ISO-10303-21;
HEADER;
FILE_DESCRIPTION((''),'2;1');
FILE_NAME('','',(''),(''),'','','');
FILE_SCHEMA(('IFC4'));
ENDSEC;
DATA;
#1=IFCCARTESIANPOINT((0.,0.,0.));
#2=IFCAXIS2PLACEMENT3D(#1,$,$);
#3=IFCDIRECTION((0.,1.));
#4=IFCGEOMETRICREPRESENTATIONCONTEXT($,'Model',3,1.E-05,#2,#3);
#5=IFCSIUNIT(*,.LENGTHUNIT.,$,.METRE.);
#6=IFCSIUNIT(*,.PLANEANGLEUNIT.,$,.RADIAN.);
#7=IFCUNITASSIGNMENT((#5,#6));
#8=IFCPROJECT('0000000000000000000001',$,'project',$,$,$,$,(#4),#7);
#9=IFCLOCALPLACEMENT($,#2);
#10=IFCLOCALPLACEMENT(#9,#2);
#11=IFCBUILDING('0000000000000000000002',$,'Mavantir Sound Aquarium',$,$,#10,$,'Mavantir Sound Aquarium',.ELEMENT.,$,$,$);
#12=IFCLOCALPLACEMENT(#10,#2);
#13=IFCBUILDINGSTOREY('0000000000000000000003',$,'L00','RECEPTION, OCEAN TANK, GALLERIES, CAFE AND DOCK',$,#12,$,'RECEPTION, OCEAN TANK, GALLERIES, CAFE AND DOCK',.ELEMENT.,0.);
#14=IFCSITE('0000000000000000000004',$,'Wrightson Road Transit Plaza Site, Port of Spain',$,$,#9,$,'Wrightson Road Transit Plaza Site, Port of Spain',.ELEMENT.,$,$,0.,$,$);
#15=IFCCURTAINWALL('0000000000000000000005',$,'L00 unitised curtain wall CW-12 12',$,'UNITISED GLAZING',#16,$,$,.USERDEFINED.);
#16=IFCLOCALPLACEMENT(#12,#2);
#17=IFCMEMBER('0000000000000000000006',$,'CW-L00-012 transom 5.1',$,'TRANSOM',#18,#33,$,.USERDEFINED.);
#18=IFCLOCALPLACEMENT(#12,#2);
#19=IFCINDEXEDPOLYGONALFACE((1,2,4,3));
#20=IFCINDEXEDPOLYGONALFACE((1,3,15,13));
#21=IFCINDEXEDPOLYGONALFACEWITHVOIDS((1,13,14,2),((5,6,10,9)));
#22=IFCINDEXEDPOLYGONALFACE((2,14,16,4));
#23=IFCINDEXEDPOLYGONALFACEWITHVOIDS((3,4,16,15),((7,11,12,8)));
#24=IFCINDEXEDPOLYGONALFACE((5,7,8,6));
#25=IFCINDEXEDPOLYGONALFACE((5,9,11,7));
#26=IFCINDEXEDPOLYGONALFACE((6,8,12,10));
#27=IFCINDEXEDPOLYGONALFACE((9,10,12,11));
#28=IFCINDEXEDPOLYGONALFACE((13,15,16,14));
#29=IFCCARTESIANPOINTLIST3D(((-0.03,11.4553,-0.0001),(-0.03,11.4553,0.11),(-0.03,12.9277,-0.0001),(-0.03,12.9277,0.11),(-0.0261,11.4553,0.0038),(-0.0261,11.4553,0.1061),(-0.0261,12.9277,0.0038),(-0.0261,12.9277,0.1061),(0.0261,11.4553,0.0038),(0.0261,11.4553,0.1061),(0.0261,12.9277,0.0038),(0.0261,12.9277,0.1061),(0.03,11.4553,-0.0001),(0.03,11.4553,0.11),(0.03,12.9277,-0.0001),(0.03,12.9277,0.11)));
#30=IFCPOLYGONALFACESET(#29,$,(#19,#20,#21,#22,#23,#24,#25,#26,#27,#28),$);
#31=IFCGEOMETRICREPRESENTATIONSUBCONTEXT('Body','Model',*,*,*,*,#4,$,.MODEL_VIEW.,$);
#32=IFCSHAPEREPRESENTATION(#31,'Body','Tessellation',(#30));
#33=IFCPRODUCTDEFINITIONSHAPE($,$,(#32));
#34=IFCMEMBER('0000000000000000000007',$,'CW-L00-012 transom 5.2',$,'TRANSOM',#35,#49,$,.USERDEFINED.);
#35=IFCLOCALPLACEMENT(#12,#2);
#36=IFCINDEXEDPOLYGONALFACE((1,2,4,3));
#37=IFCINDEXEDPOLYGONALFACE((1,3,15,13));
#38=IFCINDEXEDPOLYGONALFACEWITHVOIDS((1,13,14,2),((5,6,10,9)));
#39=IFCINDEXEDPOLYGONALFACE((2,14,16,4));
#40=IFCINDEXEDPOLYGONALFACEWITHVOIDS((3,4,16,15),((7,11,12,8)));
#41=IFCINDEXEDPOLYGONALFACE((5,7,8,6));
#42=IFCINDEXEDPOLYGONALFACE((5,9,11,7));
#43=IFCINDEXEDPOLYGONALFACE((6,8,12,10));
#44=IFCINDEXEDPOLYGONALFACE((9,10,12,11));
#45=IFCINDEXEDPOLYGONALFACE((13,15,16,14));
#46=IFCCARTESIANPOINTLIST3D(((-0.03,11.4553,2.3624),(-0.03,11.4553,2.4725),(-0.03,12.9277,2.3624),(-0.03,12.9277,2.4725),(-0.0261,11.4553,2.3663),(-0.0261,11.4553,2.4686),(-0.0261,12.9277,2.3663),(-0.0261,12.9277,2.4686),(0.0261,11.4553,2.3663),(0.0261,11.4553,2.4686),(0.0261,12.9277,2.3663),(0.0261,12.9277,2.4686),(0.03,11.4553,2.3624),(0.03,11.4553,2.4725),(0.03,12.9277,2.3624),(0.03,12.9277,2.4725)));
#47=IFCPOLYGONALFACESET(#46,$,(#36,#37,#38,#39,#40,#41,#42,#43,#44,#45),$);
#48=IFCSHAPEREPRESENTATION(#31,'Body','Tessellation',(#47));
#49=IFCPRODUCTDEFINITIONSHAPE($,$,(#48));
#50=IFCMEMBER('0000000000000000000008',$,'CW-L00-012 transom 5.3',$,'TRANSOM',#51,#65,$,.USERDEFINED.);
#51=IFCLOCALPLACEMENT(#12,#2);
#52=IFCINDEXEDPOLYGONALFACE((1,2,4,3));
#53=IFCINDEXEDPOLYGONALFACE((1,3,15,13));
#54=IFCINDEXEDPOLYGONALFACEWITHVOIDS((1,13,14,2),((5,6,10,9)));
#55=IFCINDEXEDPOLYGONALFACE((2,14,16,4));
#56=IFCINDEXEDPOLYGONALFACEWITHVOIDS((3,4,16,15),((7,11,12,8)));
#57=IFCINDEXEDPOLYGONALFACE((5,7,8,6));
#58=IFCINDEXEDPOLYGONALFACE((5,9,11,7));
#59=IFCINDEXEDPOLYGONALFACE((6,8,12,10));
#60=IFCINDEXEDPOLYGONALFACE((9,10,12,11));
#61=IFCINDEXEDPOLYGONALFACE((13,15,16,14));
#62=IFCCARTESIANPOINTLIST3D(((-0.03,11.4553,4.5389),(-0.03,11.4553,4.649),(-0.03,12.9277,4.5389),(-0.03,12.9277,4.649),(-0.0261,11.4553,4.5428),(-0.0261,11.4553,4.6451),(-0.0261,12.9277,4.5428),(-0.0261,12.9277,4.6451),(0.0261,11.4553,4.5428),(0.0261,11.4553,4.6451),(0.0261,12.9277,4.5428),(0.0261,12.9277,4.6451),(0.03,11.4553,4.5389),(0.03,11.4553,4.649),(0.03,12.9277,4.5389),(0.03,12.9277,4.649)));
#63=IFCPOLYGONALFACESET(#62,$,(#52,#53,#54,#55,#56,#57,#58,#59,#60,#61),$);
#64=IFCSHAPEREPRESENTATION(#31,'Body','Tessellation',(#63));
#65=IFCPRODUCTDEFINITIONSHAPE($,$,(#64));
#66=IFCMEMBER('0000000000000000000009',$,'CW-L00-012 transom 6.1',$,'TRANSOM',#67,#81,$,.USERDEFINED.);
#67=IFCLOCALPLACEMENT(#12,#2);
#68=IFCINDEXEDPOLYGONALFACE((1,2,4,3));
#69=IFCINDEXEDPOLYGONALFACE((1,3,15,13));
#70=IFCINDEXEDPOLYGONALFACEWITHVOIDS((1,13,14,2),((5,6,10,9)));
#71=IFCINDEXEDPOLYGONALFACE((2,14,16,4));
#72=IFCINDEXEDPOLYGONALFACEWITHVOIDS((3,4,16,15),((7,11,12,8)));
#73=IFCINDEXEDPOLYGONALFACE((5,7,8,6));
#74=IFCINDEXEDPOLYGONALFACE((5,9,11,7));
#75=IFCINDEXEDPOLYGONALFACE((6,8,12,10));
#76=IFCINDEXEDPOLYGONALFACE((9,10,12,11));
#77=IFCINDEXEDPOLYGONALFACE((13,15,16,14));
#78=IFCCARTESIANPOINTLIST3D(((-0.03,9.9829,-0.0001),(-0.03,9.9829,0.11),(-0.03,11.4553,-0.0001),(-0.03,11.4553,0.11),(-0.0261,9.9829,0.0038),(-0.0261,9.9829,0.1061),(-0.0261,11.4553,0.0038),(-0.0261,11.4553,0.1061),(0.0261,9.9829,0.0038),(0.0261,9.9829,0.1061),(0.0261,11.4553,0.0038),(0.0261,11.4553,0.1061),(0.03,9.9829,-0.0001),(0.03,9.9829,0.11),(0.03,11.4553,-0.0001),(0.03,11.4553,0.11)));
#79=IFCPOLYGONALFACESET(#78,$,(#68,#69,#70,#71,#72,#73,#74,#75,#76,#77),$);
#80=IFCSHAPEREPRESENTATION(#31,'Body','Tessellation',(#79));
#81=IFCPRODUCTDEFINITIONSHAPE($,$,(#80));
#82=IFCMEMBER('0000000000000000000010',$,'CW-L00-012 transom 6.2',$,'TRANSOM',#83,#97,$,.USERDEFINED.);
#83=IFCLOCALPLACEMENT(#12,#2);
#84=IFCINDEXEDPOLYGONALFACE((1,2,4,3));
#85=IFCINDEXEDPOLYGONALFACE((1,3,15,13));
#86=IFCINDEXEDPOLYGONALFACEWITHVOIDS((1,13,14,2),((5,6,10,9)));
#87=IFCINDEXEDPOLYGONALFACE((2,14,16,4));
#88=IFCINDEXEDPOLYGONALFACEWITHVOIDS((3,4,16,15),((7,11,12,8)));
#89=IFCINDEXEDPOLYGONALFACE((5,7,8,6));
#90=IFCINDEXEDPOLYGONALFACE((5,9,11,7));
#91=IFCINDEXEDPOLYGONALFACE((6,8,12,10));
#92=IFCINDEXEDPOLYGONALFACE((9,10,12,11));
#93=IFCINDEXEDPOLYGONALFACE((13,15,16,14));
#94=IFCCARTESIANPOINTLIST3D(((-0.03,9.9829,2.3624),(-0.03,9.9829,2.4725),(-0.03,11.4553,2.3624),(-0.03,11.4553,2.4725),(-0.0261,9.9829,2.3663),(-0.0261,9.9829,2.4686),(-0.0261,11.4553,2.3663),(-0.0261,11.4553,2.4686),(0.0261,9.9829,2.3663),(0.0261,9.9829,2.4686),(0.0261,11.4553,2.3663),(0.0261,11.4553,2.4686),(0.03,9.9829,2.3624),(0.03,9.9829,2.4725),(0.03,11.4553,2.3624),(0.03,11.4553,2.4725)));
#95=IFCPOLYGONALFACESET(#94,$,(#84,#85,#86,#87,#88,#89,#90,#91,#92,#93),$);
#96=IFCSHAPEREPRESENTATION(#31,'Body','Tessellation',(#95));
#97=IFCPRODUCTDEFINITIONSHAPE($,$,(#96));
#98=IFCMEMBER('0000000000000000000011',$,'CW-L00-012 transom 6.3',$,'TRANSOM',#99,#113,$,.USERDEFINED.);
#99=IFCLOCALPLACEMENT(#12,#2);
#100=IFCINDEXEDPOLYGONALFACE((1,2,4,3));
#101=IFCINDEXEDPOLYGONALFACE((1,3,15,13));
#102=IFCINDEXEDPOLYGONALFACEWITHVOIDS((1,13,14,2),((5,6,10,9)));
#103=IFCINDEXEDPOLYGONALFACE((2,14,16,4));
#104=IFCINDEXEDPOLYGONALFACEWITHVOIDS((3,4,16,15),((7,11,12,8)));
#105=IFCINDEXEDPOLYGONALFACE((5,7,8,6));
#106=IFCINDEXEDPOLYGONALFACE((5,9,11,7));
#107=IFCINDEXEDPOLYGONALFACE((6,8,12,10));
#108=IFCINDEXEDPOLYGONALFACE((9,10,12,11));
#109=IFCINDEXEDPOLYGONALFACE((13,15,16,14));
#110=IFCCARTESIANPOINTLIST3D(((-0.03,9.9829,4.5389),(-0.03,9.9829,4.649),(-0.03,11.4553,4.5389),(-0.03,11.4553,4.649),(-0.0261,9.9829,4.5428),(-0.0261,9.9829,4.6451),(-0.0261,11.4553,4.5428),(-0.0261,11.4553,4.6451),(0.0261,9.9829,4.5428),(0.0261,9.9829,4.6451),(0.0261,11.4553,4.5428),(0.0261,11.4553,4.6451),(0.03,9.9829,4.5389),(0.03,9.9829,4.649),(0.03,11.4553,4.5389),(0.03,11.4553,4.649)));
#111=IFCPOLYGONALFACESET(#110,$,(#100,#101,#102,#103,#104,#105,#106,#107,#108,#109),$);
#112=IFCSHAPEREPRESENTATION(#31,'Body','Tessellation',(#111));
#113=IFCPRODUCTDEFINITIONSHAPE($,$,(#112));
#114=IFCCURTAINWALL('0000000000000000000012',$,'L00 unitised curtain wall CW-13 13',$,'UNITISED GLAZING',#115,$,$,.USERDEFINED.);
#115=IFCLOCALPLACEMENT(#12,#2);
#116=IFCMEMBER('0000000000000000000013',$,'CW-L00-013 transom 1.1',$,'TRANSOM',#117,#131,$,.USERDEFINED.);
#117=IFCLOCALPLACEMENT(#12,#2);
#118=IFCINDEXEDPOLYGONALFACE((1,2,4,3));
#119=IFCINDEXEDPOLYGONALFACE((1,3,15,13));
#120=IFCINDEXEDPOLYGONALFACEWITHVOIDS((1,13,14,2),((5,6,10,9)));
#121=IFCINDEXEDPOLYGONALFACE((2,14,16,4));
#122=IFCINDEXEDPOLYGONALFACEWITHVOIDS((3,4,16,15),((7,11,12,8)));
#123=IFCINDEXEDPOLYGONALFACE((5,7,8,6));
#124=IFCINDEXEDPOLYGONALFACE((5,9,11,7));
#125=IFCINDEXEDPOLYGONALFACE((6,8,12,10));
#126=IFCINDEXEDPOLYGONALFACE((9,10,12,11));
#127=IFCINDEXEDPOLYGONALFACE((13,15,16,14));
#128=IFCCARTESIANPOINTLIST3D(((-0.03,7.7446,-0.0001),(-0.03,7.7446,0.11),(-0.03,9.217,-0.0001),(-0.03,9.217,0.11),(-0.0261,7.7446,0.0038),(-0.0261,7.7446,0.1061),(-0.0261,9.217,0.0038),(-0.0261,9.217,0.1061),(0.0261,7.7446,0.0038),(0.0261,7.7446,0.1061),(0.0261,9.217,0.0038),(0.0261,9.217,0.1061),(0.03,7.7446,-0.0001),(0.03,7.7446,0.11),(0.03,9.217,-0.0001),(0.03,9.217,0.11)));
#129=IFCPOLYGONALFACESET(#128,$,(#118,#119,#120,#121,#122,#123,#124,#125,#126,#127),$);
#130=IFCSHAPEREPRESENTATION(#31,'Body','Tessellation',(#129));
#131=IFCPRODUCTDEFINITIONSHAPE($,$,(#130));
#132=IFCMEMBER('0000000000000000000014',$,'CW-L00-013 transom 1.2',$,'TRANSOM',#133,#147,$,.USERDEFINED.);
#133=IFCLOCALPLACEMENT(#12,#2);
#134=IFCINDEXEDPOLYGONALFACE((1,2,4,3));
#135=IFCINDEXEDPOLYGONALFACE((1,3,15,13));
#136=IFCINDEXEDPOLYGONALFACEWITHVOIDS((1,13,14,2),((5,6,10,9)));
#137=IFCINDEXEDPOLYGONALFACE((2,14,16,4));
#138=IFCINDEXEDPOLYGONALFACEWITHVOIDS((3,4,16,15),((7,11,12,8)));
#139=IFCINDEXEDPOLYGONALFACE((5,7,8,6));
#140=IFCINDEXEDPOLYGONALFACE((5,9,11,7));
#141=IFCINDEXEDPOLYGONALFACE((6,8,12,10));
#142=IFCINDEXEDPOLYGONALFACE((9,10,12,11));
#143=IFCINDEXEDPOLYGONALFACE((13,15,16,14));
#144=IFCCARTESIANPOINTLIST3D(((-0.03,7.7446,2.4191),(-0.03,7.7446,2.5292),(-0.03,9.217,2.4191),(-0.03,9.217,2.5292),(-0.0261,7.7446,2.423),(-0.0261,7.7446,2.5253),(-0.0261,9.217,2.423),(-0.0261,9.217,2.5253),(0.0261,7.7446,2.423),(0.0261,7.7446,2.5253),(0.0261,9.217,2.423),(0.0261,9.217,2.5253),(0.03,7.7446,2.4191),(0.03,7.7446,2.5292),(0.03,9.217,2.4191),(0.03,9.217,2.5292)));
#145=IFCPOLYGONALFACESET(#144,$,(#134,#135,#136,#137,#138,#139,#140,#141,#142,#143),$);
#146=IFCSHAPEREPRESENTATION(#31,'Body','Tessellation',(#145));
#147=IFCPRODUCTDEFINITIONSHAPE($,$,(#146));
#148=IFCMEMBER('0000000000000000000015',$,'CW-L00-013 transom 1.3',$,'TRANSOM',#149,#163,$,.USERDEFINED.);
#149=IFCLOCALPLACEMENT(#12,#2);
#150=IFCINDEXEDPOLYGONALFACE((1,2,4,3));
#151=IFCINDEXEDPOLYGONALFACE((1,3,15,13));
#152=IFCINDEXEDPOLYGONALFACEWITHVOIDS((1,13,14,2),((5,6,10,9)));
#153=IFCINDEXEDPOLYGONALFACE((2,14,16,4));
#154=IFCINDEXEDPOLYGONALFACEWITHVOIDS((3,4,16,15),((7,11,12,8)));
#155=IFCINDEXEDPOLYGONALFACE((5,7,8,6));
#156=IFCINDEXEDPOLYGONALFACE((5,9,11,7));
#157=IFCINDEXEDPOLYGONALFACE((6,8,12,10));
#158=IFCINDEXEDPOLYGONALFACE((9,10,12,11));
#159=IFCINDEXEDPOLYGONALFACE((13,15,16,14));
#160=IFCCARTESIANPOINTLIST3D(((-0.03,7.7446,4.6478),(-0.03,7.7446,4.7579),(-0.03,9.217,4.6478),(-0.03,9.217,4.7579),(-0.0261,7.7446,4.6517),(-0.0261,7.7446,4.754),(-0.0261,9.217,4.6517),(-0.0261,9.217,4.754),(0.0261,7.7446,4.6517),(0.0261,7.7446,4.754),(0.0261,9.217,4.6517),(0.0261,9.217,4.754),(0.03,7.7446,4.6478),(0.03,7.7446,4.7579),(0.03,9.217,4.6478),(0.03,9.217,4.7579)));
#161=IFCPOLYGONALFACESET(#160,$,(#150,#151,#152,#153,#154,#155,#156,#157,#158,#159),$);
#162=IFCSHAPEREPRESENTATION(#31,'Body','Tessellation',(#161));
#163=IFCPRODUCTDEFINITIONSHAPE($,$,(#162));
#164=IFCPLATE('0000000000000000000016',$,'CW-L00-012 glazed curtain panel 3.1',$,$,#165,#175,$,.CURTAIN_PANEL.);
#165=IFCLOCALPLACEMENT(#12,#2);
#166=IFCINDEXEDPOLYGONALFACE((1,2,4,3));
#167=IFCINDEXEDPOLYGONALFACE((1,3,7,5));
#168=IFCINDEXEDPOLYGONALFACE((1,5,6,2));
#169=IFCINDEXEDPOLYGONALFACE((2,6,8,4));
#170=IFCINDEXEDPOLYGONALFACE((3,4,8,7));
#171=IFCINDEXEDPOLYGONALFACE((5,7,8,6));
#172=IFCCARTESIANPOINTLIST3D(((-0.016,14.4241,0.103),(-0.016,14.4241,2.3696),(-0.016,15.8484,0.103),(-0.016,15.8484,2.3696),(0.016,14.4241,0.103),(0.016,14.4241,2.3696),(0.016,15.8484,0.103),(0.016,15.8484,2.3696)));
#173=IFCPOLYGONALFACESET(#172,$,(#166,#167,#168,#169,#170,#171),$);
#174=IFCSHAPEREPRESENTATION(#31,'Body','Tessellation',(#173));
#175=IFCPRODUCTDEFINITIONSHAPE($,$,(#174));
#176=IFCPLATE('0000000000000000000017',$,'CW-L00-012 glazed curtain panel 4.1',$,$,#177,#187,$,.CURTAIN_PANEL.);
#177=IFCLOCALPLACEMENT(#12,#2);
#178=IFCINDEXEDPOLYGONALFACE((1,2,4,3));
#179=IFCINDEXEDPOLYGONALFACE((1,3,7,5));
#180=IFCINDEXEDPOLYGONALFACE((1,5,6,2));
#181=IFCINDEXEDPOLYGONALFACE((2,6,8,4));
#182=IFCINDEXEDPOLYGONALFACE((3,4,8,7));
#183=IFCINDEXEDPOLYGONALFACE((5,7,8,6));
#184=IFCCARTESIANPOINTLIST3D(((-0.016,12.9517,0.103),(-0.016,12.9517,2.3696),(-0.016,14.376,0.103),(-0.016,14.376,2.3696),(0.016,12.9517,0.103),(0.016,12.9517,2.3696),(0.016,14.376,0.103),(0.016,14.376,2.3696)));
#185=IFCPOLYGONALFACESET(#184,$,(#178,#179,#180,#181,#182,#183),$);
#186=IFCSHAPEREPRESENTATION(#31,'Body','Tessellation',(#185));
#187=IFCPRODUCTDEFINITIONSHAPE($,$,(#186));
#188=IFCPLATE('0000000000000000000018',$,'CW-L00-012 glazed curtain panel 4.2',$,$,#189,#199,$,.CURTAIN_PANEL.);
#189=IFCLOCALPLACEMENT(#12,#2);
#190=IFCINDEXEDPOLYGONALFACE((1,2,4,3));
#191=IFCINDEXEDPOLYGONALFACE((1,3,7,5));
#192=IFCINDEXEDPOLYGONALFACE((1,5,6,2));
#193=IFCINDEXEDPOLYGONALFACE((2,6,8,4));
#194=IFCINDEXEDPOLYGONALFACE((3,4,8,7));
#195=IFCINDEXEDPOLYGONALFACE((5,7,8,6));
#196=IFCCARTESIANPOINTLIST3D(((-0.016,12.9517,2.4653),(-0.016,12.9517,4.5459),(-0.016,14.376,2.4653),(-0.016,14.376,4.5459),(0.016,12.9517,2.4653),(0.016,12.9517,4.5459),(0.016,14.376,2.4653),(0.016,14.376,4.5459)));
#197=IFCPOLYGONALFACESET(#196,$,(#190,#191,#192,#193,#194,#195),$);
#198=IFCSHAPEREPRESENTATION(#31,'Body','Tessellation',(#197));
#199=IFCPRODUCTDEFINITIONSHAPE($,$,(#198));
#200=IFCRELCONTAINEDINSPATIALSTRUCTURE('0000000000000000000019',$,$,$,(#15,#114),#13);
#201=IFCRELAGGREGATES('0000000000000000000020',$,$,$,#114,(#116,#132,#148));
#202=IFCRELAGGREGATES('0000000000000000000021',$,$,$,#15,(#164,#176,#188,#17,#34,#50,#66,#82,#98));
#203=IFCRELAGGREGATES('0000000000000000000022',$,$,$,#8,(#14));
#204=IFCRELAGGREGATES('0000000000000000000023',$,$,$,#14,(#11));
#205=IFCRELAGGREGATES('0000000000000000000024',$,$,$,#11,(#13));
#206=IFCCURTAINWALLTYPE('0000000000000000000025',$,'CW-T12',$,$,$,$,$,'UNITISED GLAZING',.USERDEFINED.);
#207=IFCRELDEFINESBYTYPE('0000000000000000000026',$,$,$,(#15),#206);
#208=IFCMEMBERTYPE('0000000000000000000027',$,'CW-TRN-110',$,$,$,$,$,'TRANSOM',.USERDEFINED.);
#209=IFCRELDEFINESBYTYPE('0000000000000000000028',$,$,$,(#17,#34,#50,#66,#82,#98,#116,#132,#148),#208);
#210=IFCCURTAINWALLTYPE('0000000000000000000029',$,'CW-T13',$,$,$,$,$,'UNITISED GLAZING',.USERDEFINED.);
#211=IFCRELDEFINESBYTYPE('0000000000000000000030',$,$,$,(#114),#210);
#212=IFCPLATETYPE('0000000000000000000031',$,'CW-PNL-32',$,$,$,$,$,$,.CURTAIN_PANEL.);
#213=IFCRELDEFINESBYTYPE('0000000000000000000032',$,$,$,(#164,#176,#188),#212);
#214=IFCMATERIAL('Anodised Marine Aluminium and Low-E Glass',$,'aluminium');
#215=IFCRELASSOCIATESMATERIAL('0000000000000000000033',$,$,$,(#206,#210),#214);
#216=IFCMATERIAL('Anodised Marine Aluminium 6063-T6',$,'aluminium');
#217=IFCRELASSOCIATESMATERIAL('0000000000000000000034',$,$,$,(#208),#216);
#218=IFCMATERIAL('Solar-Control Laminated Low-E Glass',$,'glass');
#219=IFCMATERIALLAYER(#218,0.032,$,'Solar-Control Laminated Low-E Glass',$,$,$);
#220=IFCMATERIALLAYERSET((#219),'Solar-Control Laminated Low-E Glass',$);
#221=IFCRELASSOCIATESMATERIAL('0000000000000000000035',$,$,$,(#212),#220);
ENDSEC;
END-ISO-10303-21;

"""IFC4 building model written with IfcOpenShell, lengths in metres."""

from ifc_helpers import new_model, si_unit, direction, frame, origin, origin_2d, place, context, subcontext, project, spatial, rectangle, hollow_rectangle, extrude, material, layer, layer_set, material_profile, profile_set, type_object, element, aggregate, save


model = new_model("IFC4")

# Units and contexts
model_context = context("Model", 3, precision=1e-05, world=origin(), true_north=direction((0.0, 1.0)))
body_context = subcontext(model_context, "Body", "Model", "MODEL_VIEW")
ifc_project = project(units=[si_unit("LENGTHUNIT", "METRE"), si_unit("PLANEANGLEUNIT", "RADIAN")], contexts=[model_context])

# Site, building, storey
site_placement = place(None, origin())
site = spatial("IfcSite", under=ifc_project, at=site_placement, Name="Wrightson Road Transit Plaza Site, Port of Spain", LongName="Wrightson Road Transit Plaza Site, Port of Spain", CompositionType="ELEMENT", RefElevation=0.0)
building_placement = place(site_placement, origin())
building = spatial("IfcBuilding", under=site, at=building_placement, Name="Mavantir Sound Aquarium", LongName="Mavantir Sound Aquarium", CompositionType="ELEMENT")
storey_placement = place(building_placement, origin())
storey = spatial("IfcBuildingStorey", under=building, at=storey_placement, Name="L00", Description="RECEPTION, OCEAN TANK, GALLERIES, CAFE AND DOCK", LongName="RECEPTION, OCEAN TANK, GALLERIES, CAFE AND DOCK", CompositionType="ELEMENT", Elevation=0.0)

# Curtain walls, members
ifc_material_1 = material(Name="Anodised Marine Aluminium and Low-E Glass", Category="aluminium")
curtain_wall_type_1 = type_object("IfcCurtainWallType", Name="CW-T12", ElementType="UNITISED GLAZING", PredefinedType="USERDEFINED", material=ifc_material_1)
curtain_wall_1_placement = place(storey_placement, origin())
curtain_wall_1 = element("IfcCurtainWall", 1, at=curtain_wall_1_placement, inside=storey, type_object=curtain_wall_type_1, Name="L00 unitised curtain wall CW-12 12", ObjectType="UNITISED GLAZING", PredefinedType="USERDEFINED")
ifc_material_2 = material(Name="Anodised Marine Aluminium 6063-T6", Category="aluminium")
ifc_material_profile_1 = material_profile(ifc_material_2, hollow_rectangle(XDim=0.0601, YDim=0.1101, WallThickness=0.0039, at=origin_2d()), Name="ALU-TRANSOM-110X60")
ifc_profile_set_1 = profile_set([ifc_material_profile_1], Name="Anodised Marine Aluminium 6063-T6")
member_type_1 = type_object("IfcMemberType", Name="CW-TRN-110", ElementType="TRANSOM", PredefinedType="USERDEFINED", material=ifc_profile_set_1)
member_1_placement = place(storey_placement, frame((0.0, 12.9277, 0.0549), z_axis=(0.0, -1.0, 0.0), x_axis=(1.0, 0.0, 0.0)))
member_1 = element("IfcMember", 2, at=member_1_placement, type_object=member_type_1, Name="CW-L00-012 transom 5.1", ObjectType="TRANSOM", PredefinedType="USERDEFINED", context=body_context, shape_type="SweptSolid", body=[
    extrude(hollow_rectangle(XDim=0.0601, YDim=0.1101, WallThickness=0.0039, at=origin_2d()), origin(), (0.0, 0.0, 1.0), 1.4724),
])
member_2_placement = place(storey_placement, frame((0.0, 12.9277, 2.4175), z_axis=(0.0, -1.0, 0.0), x_axis=(1.0, 0.0, 0.0)))
member_2 = element("IfcMember", 3, at=member_2_placement, type_object=member_type_1, Name="CW-L00-012 transom 5.2", ObjectType="TRANSOM", PredefinedType="USERDEFINED", context=body_context, shape_type="SweptSolid", body=[
    extrude(hollow_rectangle(XDim=0.0601, YDim=0.1101, WallThickness=0.0039, at=origin_2d()), origin(), (0.0, 0.0, 1.0), 1.4724),
])
member_3_placement = place(storey_placement, frame((0.0, 12.9277, 4.594), z_axis=(0.0, -1.0, 0.0), x_axis=(1.0, 0.0, 0.0)))
member_3 = element("IfcMember", 4, at=member_3_placement, type_object=member_type_1, Name="CW-L00-012 transom 5.3", ObjectType="TRANSOM", PredefinedType="USERDEFINED", context=body_context, shape_type="SweptSolid", body=[
    extrude(hollow_rectangle(XDim=0.0601, YDim=0.1101, WallThickness=0.0039, at=origin_2d()), origin(), (0.0, 0.0, 1.0), 1.4724),
])
member_4_placement = place(storey_placement, frame((0.0, 11.4553, 0.0549), z_axis=(0.0, -1.0, 0.0), x_axis=(1.0, 0.0, 0.0)))
member_4 = element("IfcMember", 5, at=member_4_placement, type_object=member_type_1, Name="CW-L00-012 transom 6.1", ObjectType="TRANSOM", PredefinedType="USERDEFINED", context=body_context, shape_type="SweptSolid", body=[
    extrude(hollow_rectangle(XDim=0.0601, YDim=0.1101, WallThickness=0.0039, at=origin_2d()), origin(), (0.0, 0.0, 1.0), 1.4724),
])
member_5_placement = place(storey_placement, frame((0.0, 11.4553, 2.4175), z_axis=(0.0, -1.0, 0.0), x_axis=(1.0, 0.0, 0.0)))
member_5 = element("IfcMember", 6, at=member_5_placement, type_object=member_type_1, Name="CW-L00-012 transom 6.2", ObjectType="TRANSOM", PredefinedType="USERDEFINED", context=body_context, shape_type="SweptSolid", body=[
    extrude(hollow_rectangle(XDim=0.0601, YDim=0.1101, WallThickness=0.0039, at=origin_2d()), origin(), (0.0, 0.0, 1.0), 1.4724),
])
member_6_placement = place(storey_placement, frame((0.0, 11.4553, 4.594), z_axis=(0.0, -1.0, 0.0), x_axis=(1.0, 0.0, 0.0)))
member_6 = element("IfcMember", 7, at=member_6_placement, type_object=member_type_1, Name="CW-L00-012 transom 6.3", ObjectType="TRANSOM", PredefinedType="USERDEFINED", context=body_context, shape_type="SweptSolid", body=[
    extrude(hollow_rectangle(XDim=0.0601, YDim=0.1101, WallThickness=0.0039, at=origin_2d()), origin(), (0.0, 0.0, 1.0), 1.4724),
])
curtain_wall_type_2 = type_object("IfcCurtainWallType", Name="CW-T13", ElementType="UNITISED GLAZING", PredefinedType="USERDEFINED", material=ifc_material_1)
curtain_wall_2_placement = place(storey_placement, origin())
curtain_wall_2 = element("IfcCurtainWall", 8, at=curtain_wall_2_placement, inside=storey, type_object=curtain_wall_type_2, Name="L00 unitised curtain wall CW-13 13", ObjectType="UNITISED GLAZING", PredefinedType="USERDEFINED")
member_7_placement = place(storey_placement, frame((0.0, 9.217, 0.0549), z_axis=(0.0, -1.0, 0.0), x_axis=(1.0, 0.0, 0.0)))
member_7 = element("IfcMember", 9, at=member_7_placement, type_object=member_type_1, Name="CW-L00-013 transom 1.1", ObjectType="TRANSOM", PredefinedType="USERDEFINED", context=body_context, shape_type="SweptSolid", body=[
    extrude(hollow_rectangle(XDim=0.0601, YDim=0.1101, WallThickness=0.0039, at=origin_2d()), origin(), (0.0, 0.0, 1.0), 1.4724),
])
member_8_placement = place(storey_placement, frame((0.0, 9.217, 2.4741), z_axis=(0.0, -1.0, 0.0), x_axis=(1.0, 0.0, 0.0)))
member_8 = element("IfcMember", 10, at=member_8_placement, type_object=member_type_1, Name="CW-L00-013 transom 1.2", ObjectType="TRANSOM", PredefinedType="USERDEFINED", context=body_context, shape_type="SweptSolid", body=[
    extrude(hollow_rectangle(XDim=0.0601, YDim=0.1101, WallThickness=0.0039, at=origin_2d()), origin(), (0.0, 0.0, 1.0), 1.4724),
])
member_9_placement = place(storey_placement, frame((0.0, 9.217, 4.7029), z_axis=(0.0, -1.0, 0.0), x_axis=(1.0, 0.0, 0.0)))
member_9 = element("IfcMember", 11, at=member_9_placement, type_object=member_type_1, Name="CW-L00-013 transom 1.3", ObjectType="TRANSOM", PredefinedType="USERDEFINED", context=body_context, shape_type="SweptSolid", body=[
    extrude(hollow_rectangle(XDim=0.0601, YDim=0.1101, WallThickness=0.0039, at=origin_2d()), origin(), (0.0, 0.0, 1.0), 1.4724),
])
aggregate(curtain_wall_2, [member_7, member_8, member_9])

# Plates
ifc_material_3 = material(Name="Solar-Control Laminated Low-E Glass", Category="glass")
ifc_layer = layer(ifc_material_3, 0.032, Name="Solar-Control Laminated Low-E Glass")
ifc_layer_set = layer_set([ifc_layer], Name="Solar-Control Laminated Low-E Glass")
plate_type = type_object("IfcPlateType", Name="CW-PNL-32", PredefinedType="CURTAIN_PANEL", material=ifc_layer_set)
plate_1_placement = place(storey_placement, frame((0.0, 15.1362, 0.103), z_axis=(0.0, 0.0, 1.0), x_axis=(0.0, -1.0, 0.0)))
plate_1 = element("IfcPlate", 12, at=plate_1_placement, type_object=plate_type, Name="CW-L00-012 glazed curtain panel 3.1", PredefinedType="CURTAIN_PANEL", context=body_context, shape_type="SweptSolid", body=[
    extrude(rectangle(XDim=1.4243, YDim=0.032, at=origin_2d()), origin(), (0.0, 0.0, 1.0), 2.2666),
])
plate_2_placement = place(storey_placement, frame((0.0, 13.6638, 0.103), z_axis=(0.0, 0.0, 1.0), x_axis=(0.0, -1.0, 0.0)))
plate_2 = element("IfcPlate", 13, at=plate_2_placement, type_object=plate_type, Name="CW-L00-012 glazed curtain panel 4.1", PredefinedType="CURTAIN_PANEL", context=body_context, shape_type="SweptSolid", body=[
    extrude(rectangle(XDim=1.4243, YDim=0.032, at=origin_2d()), origin(), (0.0, 0.0, 1.0), 2.2666),
])
plate_3_placement = place(storey_placement, frame((0.0, 13.6638, 2.4653), z_axis=(0.0, 0.0, 1.0), x_axis=(0.0, -1.0, 0.0)))
plate_3 = element("IfcPlate", 14, at=plate_3_placement, type_object=plate_type, Name="CW-L00-012 glazed curtain panel 4.2", PredefinedType="CURTAIN_PANEL", context=body_context, shape_type="SweptSolid", body=[
    extrude(rectangle(XDim=1.4243, YDim=0.032, at=origin_2d()), origin(), (0.0, 0.0, 1.0), 2.0806),
])
aggregate(curtain_wall_1, [plate_1, plate_2, plate_3, member_1, member_2, member_3, member_4, member_5, member_6])

save(model, "model.ifc")
